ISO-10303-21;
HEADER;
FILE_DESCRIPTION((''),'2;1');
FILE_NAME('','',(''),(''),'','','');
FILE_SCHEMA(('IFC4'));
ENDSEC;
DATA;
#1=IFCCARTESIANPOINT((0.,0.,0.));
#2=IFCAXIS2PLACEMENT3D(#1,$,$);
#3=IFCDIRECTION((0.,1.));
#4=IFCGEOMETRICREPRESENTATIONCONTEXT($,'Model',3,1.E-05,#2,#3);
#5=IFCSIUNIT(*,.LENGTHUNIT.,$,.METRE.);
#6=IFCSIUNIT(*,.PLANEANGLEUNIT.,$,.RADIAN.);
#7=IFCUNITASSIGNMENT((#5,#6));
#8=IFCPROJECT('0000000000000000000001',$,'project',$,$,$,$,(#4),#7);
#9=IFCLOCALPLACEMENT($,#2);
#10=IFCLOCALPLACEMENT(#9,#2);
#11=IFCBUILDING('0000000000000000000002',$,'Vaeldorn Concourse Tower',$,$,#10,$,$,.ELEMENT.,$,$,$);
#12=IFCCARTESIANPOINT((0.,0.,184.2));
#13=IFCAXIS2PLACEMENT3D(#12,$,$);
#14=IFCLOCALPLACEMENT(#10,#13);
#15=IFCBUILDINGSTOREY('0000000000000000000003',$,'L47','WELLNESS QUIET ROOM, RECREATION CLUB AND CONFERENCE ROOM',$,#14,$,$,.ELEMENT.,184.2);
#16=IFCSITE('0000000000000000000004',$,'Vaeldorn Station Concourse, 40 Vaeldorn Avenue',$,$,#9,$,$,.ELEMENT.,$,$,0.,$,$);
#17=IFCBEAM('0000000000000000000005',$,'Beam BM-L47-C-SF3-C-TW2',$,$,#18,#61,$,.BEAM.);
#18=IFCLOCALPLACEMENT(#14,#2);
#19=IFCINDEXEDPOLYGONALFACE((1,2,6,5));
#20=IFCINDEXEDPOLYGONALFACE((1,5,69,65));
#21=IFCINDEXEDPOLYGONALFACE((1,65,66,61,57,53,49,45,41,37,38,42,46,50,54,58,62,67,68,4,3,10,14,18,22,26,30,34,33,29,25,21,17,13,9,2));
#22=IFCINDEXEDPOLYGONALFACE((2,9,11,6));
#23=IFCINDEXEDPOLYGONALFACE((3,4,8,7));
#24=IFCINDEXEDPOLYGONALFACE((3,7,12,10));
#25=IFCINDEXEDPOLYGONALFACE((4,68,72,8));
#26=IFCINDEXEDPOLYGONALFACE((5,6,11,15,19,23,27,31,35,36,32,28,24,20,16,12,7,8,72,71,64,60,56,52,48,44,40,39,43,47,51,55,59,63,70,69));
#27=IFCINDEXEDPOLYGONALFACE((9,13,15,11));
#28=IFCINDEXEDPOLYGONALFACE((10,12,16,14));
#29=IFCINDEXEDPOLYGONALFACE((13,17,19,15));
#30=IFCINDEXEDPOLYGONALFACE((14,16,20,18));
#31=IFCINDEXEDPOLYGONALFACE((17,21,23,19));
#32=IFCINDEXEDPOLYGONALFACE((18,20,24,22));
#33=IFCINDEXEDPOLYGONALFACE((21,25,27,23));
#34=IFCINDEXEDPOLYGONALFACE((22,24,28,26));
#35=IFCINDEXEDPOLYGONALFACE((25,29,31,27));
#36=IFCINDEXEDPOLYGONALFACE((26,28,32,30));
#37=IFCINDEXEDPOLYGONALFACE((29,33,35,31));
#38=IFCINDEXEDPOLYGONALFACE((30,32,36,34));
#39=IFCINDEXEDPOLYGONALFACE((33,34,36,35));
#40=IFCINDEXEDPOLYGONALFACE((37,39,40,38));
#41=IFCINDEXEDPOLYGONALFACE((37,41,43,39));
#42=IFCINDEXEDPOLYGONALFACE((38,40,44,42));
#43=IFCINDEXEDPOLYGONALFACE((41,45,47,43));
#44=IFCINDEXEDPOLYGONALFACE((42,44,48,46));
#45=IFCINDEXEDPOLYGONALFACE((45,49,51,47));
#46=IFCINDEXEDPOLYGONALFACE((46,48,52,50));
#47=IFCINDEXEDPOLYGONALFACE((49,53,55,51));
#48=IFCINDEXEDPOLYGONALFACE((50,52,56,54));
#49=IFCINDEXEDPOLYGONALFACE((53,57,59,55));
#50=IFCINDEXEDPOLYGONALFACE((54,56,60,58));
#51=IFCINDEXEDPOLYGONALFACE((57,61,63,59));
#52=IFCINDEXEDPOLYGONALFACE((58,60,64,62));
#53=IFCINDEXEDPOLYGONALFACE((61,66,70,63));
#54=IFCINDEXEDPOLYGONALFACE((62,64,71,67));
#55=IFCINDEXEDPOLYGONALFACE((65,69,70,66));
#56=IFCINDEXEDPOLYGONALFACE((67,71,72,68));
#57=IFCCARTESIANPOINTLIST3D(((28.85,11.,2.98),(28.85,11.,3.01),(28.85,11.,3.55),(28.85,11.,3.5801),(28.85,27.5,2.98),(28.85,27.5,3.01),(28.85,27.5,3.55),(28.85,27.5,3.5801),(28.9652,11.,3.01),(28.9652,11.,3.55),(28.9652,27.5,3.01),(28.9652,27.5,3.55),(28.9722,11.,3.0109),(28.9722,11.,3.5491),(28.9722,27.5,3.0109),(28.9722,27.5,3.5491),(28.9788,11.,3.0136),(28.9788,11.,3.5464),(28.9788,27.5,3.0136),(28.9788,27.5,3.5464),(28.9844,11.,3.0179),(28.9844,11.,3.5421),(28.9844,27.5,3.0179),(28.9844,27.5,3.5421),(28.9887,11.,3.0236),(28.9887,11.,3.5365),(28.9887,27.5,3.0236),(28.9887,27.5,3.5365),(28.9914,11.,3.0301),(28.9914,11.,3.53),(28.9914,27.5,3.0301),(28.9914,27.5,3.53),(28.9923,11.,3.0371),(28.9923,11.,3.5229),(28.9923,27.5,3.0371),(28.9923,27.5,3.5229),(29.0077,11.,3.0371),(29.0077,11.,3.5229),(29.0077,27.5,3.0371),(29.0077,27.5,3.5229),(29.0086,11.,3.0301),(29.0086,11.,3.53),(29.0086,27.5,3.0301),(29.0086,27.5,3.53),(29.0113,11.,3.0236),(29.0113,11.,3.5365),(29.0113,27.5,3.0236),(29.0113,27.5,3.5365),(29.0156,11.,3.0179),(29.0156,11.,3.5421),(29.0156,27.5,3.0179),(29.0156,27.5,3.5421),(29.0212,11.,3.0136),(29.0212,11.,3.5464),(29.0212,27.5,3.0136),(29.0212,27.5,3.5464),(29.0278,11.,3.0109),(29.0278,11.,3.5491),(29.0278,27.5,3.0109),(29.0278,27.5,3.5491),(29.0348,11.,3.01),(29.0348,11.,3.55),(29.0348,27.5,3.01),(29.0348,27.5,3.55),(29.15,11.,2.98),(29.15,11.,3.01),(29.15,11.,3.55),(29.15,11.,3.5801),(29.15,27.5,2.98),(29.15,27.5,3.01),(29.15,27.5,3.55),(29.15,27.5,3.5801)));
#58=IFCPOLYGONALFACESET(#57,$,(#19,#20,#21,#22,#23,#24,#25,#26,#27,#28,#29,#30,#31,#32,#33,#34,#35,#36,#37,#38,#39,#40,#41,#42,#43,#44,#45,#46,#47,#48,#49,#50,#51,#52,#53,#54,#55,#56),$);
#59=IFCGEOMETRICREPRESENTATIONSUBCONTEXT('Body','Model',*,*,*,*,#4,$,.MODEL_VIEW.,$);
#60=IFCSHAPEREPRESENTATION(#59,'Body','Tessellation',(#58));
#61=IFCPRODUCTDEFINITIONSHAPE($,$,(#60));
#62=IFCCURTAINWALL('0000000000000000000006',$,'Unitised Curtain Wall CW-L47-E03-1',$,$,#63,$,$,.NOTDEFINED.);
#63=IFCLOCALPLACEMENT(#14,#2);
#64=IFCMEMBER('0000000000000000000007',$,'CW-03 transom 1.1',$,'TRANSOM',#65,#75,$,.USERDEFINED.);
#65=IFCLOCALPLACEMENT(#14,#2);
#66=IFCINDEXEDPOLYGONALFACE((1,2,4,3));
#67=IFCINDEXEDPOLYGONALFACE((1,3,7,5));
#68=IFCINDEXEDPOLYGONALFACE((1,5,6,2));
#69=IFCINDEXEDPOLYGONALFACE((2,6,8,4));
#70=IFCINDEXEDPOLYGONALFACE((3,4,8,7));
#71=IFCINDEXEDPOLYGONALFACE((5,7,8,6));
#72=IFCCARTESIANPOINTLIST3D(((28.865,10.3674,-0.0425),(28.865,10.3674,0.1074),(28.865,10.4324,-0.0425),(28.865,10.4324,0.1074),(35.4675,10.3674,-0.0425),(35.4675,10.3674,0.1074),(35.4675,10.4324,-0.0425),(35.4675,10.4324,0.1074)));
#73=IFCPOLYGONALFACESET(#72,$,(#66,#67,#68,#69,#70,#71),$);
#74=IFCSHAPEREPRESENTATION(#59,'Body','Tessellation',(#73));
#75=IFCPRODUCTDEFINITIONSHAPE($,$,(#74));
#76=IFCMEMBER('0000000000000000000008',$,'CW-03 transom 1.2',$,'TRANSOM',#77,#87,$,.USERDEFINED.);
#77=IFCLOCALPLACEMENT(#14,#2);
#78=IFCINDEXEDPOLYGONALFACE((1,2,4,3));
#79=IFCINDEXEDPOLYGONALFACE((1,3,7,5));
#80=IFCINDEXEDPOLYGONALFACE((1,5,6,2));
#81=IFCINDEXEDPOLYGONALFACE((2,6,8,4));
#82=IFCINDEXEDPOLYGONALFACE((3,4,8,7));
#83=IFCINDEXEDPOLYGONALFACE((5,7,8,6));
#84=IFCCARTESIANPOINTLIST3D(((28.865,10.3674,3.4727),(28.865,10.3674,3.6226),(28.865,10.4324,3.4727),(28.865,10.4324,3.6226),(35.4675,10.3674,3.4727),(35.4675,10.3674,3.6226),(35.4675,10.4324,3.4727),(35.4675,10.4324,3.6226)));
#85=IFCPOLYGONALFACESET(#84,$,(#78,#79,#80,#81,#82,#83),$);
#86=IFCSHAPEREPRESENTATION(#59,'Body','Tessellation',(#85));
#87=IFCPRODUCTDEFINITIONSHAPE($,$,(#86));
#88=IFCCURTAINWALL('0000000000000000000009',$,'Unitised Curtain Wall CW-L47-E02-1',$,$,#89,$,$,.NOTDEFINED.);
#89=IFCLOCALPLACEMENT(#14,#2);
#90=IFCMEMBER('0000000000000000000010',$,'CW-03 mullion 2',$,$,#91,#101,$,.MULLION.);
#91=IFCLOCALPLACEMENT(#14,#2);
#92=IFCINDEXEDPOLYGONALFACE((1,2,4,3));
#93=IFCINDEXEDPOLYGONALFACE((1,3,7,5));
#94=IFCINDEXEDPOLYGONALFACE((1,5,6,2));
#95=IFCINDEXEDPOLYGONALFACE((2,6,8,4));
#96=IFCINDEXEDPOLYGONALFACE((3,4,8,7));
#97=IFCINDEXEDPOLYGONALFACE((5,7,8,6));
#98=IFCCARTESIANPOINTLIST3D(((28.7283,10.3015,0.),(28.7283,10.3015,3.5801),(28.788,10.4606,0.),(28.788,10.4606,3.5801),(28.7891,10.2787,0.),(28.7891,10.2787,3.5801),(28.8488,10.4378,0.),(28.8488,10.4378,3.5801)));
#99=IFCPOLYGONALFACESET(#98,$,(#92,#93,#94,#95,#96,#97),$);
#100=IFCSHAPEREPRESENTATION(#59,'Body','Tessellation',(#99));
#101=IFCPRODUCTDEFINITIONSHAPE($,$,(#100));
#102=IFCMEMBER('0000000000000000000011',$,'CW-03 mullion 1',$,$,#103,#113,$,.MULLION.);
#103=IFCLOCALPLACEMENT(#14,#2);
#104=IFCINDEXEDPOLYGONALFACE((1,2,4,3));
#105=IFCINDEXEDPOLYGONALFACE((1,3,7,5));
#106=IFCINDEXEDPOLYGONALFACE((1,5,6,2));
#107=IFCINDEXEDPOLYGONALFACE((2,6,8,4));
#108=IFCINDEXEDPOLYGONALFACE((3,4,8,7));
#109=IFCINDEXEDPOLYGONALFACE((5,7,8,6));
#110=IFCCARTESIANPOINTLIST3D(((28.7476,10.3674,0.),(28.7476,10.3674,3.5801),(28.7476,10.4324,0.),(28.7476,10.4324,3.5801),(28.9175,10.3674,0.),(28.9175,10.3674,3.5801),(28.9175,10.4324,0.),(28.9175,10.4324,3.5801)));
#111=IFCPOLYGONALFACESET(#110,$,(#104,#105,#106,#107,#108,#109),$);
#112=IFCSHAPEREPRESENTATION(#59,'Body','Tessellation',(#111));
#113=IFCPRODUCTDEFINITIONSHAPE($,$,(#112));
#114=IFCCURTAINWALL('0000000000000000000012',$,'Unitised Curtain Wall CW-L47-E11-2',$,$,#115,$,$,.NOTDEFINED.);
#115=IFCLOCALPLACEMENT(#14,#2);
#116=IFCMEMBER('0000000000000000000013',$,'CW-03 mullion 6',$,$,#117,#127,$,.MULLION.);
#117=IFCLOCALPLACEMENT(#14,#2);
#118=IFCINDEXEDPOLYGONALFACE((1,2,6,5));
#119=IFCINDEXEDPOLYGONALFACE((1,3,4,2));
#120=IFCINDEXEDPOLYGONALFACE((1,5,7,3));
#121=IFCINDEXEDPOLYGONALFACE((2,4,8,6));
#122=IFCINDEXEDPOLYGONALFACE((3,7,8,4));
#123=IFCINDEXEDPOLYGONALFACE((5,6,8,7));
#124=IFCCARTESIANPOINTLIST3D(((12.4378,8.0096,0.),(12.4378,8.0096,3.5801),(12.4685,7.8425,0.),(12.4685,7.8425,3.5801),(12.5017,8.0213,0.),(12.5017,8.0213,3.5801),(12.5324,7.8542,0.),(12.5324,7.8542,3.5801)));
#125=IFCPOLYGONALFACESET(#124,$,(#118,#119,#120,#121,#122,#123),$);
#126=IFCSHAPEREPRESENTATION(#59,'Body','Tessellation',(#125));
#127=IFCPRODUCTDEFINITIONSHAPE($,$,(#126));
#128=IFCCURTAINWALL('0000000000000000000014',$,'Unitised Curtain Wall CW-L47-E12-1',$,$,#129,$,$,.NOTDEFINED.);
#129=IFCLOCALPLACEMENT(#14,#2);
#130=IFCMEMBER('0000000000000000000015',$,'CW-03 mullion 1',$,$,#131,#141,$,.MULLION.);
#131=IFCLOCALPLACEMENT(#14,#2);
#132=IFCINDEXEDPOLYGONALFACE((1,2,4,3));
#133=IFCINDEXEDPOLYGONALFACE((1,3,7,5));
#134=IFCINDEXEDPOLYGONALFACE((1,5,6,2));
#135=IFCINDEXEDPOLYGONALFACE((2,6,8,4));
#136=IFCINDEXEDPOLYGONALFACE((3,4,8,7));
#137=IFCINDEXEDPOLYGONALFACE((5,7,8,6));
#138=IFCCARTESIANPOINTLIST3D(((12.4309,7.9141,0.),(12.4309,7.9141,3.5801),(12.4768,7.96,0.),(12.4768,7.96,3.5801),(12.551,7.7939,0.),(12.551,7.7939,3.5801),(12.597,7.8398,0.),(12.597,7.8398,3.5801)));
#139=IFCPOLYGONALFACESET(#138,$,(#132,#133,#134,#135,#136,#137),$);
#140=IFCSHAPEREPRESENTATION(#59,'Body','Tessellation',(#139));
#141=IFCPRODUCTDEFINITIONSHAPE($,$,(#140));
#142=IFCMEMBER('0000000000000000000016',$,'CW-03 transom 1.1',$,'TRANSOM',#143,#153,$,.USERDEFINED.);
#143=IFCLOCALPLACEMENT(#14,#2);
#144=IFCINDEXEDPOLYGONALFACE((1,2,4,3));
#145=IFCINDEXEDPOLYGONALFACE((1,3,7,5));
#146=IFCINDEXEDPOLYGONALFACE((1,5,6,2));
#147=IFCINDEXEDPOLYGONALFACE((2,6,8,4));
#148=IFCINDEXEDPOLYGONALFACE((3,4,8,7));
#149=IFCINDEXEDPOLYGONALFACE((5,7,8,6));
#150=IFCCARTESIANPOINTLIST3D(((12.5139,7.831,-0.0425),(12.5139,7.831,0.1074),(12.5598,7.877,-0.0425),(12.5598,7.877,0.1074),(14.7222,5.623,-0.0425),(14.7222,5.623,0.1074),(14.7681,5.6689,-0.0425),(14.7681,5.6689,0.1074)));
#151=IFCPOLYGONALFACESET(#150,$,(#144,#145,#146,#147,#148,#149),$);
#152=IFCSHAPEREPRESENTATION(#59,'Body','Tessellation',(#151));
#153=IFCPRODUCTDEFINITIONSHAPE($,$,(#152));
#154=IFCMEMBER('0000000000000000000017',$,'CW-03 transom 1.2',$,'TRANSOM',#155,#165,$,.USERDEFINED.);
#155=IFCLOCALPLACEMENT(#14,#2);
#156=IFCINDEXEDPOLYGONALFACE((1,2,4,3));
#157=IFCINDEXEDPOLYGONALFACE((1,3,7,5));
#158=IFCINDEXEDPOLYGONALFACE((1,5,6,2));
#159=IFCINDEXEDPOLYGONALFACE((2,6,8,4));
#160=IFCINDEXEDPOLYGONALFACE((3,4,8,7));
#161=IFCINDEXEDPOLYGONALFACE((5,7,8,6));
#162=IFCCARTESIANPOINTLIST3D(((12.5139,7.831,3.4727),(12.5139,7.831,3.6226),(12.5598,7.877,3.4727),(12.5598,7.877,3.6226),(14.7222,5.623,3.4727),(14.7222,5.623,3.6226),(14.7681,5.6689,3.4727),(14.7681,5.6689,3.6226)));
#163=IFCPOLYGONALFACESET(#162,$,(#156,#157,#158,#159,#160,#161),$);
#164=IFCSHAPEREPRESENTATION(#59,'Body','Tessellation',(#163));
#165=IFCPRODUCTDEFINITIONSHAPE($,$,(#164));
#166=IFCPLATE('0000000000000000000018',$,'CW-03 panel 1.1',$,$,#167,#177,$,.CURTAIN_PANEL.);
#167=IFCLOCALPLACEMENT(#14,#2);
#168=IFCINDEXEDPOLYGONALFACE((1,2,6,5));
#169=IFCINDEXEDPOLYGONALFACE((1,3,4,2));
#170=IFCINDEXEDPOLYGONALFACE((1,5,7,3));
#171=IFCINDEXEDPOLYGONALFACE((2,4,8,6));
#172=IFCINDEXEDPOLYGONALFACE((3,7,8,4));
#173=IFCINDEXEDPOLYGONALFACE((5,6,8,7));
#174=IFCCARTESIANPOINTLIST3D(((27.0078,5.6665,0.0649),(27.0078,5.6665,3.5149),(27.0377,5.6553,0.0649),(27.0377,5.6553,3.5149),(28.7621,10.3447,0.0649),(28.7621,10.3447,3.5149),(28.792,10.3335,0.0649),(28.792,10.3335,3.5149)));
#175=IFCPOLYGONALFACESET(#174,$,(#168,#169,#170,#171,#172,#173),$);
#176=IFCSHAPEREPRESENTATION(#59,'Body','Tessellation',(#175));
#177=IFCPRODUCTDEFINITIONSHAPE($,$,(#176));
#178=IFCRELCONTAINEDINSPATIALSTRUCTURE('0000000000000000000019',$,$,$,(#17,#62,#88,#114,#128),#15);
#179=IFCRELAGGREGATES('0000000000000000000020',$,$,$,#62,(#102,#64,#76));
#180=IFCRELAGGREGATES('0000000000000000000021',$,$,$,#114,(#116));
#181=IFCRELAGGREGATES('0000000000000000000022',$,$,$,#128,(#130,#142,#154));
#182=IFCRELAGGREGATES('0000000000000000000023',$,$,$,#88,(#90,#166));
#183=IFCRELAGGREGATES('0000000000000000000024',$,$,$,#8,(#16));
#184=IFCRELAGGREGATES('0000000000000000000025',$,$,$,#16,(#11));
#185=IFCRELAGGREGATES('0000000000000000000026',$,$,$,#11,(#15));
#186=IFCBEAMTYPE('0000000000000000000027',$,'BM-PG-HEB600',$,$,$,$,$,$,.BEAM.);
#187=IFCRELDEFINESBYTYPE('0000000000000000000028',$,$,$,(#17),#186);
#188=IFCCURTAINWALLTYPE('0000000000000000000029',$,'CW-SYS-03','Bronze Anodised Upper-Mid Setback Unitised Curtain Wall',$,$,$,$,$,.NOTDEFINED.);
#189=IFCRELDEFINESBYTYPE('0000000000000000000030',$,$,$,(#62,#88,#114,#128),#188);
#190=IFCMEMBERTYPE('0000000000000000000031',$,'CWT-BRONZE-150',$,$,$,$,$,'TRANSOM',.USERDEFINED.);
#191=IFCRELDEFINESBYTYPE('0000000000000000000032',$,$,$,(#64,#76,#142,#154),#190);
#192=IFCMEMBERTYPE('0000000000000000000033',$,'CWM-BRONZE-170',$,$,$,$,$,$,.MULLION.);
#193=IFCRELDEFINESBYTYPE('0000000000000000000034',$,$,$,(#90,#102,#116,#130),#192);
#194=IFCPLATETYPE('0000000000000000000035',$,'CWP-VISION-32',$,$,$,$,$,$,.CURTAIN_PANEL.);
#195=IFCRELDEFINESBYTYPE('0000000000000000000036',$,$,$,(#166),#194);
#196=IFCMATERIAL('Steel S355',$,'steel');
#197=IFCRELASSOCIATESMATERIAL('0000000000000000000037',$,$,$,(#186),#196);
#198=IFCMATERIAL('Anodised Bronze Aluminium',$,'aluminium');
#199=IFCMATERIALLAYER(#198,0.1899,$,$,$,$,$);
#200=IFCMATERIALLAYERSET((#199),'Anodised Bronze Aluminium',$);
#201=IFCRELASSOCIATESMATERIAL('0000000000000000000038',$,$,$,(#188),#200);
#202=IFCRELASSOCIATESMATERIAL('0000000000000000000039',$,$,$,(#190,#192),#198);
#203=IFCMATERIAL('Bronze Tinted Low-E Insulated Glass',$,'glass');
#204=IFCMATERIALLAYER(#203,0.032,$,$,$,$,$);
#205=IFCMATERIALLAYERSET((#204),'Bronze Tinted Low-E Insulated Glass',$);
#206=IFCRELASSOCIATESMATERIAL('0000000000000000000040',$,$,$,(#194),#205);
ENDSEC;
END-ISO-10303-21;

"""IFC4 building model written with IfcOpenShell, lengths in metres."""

from ifc_helpers import new_model, si_unit, direction, frame, origin, origin_2d, place, context, subcontext, project, spatial, rectangle, i_section, extrude, source, transform, mapped, material, layer, layer_set, material_profile, profile_set, type_object, element, aggregate, save


model = new_model("IFC4")

# Units and contexts
model_context = context("Model", 3, precision=1e-05, world=origin(), true_north=direction((0.0, 1.0)))
body_context = subcontext(model_context, "Body", "Model", "MODEL_VIEW")
ifc_project = project(units=[si_unit("LENGTHUNIT", "METRE"), si_unit("PLANEANGLEUNIT", "RADIAN")], contexts=[model_context])

# Site, building, storey
site_placement = place(None, origin())
site = spatial("IfcSite", under=ifc_project, at=site_placement, Name="Vaeldorn Station Concourse, 40 Vaeldorn Avenue", CompositionType="ELEMENT", RefElevation=0.0)
building_placement = place(site_placement, origin())
building = spatial("IfcBuilding", under=site, at=building_placement, Name="Vaeldorn Concourse Tower", CompositionType="ELEMENT")
storey_placement = place(building_placement, frame((0.0, 0.0, 184.2)))
storey = spatial("IfcBuildingStorey", under=building, at=storey_placement, Name="L47", Description="WELLNESS QUIET ROOM, RECREATION CLUB AND CONFERENCE ROOM", CompositionType="ELEMENT", Elevation=184.2)

# Shared definitions
ifc_material_1 = material(Name="Steel S355", Category="steel")

# Beam
ifc_material_profile_1 = material_profile(ifc_material_1, i_section(OverallWidth=0.3, OverallDepth=0.6001, WebThickness=0.0154, FlangeThickness=0.03, FilletRadius=0.0271, at=origin_2d()), Name="HEB 600")
ifc_profile_set_1 = profile_set([ifc_material_profile_1], Name="Steel S355")
beam_type_1 = type_object("IfcBeamType", Name="BM-PG-HEB600", PredefinedType="BEAM", material=ifc_profile_set_1)
shared_shape_1 = source(origin(), body_context, "Body", "SweptSolid", [
    extrude(i_section(OverallWidth=0.3, OverallDepth=0.6001, WebThickness=0.0154, FlangeThickness=0.03, FilletRadius=0.0271, at=origin_2d()), origin(), (0.0, 0.0, 1.0), 16.5),
])
beam_1_placement = place(storey_placement, frame((29.0, 11.0, 3.28), z_axis=(0.0, 1.0, 0.0), x_axis=(-1.0, 0.0, 0.0)))
element("IfcBeam", 1, at=beam_1_placement, inside=storey, type_object=beam_type_1, Name="Beam BM-L47-C-SF3-C-TW2", PredefinedType="BEAM", context=body_context, shape_type="MappedRepresentation", body=[
    mapped(shared_shape_1, transform((0.0, 0.0, 0.0), scale=1.0)),
])

# Curtain wall, members
ifc_material_2 = material(Name="Anodised Bronze Aluminium", Category="aluminium")
ifc_layer_1 = layer(ifc_material_2, 0.1899)
ifc_layer_set_1 = layer_set([ifc_layer_1], Name="Anodised Bronze Aluminium")
curtain_wall_type = type_object("IfcCurtainWallType", Name="CW-SYS-03", Description="Bronze Anodised Upper-Mid Setback Unitised Curtain Wall", PredefinedType="NOTDEFINED", material=ifc_layer_set_1)
curtain_wall_1_placement = place(storey_placement, origin())
curtain_wall_1 = element("IfcCurtainWall", 2, at=curtain_wall_1_placement, inside=storey, type_object=curtain_wall_type, Name="Unitised Curtain Wall CW-L47-E03-1", PredefinedType="NOTDEFINED")
ifc_material_profile_2 = material_profile(ifc_material_2, rectangle(XDim=0.0649, YDim=0.1499, at=origin_2d()), Name="CWT 65x150")
ifc_profile_set_2 = profile_set([ifc_material_profile_2], Name="Anodised Bronze Aluminium")
member_type_1 = type_object("IfcMemberType", Name="CWT-BRONZE-150", ElementType="TRANSOM", PredefinedType="USERDEFINED", material=ifc_profile_set_2)
shared_shape_2 = source(origin(), body_context, "Body", "SweptSolid", [
    extrude(rectangle(XDim=0.0649, YDim=0.1499, at=origin_2d()), origin(), (0.0, 0.0, 1.0), 6.6025),
])
member_1_placement = place(storey_placement, frame((28.865, 10.3999, 0.0325), z_axis=(1.0, 0.0, 0.0), x_axis=(0.0, 1.0, 0.0)))
member_1 = element("IfcMember", 3, at=member_1_placement, type_object=member_type_1, Name="CW-03 transom 1.1", ObjectType="TRANSOM", PredefinedType="USERDEFINED", context=body_context, shape_type="MappedRepresentation", body=[
    mapped(shared_shape_2, transform((0.0, 0.0, 0.0), scale=1.0)),
])
member_2_placement = place(storey_placement, frame((28.865, 10.3999, 3.5476), z_axis=(1.0, 0.0, 0.0), x_axis=(0.0, 1.0, 0.0)))
member_2 = element("IfcMember", 4, at=member_2_placement, type_object=member_type_1, Name="CW-03 transom 1.2", ObjectType="TRANSOM", PredefinedType="USERDEFINED", context=body_context, shape_type="MappedRepresentation", body=[
    mapped(shared_shape_2, transform((0.0, 0.0, 0.0), scale=1.0)),
])

# Curtain wall, member
curtain_wall_2_placement = place(storey_placement, origin())
curtain_wall_2 = element("IfcCurtainWall", 5, at=curtain_wall_2_placement, inside=storey, type_object=curtain_wall_type, Name="Unitised Curtain Wall CW-L47-E02-1", PredefinedType="NOTDEFINED")
ifc_material_profile_3 = material_profile(ifc_material_2, rectangle(XDim=0.0649, YDim=0.1699, at=origin_2d()), Name="CWM 65x170")
ifc_profile_set_3 = profile_set([ifc_material_profile_3], Name="Anodised Bronze Aluminium")
member_type_2 = type_object("IfcMemberType", Name="CWM-BRONZE-170", PredefinedType="MULLION", material=ifc_profile_set_3)
shared_shape_3 = source(origin(), body_context, "Body", "SweptSolid", [
    extrude(rectangle(XDim=0.0649, YDim=0.1699, at=origin_2d()), origin(), (0.0, 0.0, 1.0), 3.5801),
])
member_3_placement = place(storey_placement, frame((28.7886, 10.3696, 0.0), z_axis=(0.0, 0.0, 1.0), x_axis=(-0.936329, 0.351123, 0.0)))
member_3 = element("IfcMember", 6, at=member_3_placement, type_object=member_type_2, Name="CW-03 mullion 2", PredefinedType="MULLION", context=body_context, shape_type="MappedRepresentation", body=[
    mapped(shared_shape_3, transform((0.0, 0.0, 0.0), scale=1.0)),
])

# Member
member_4_placement = place(storey_placement, frame((28.8325, 10.3999, 0.0), z_axis=(0.0, 0.0, 1.0), x_axis=(0.0, 1.0, 0.0)))
member_4 = element("IfcMember", 7, at=member_4_placement, type_object=member_type_2, Name="CW-03 mullion 1", PredefinedType="MULLION", context=body_context, shape_type="MappedRepresentation", body=[
    mapped(shared_shape_3, transform((0.0, 0.0, 0.0), scale=1.0)),
])
aggregate(curtain_wall_1, [member_4, member_1, member_2])

# Curtain wall, member
curtain_wall_3_placement = place(storey_placement, origin())
curtain_wall_3 = element("IfcCurtainWall", 8, at=curtain_wall_3_placement, inside=storey, type_object=curtain_wall_type, Name="Unitised Curtain Wall CW-L47-E11-2", PredefinedType="NOTDEFINED")
member_5_placement = place(storey_placement, frame((12.4851, 7.9319, 0.0), z_axis=(0.0, 0.0, 1.0), x_axis=(0.983559, 0.180585, 0.0)))
member_5 = element("IfcMember", 9, at=member_5_placement, type_object=member_type_2, Name="CW-03 mullion 6", PredefinedType="MULLION", context=body_context, shape_type="MappedRepresentation", body=[
    mapped(shared_shape_3, transform((0.0, 0.0, 0.0), scale=1.0)),
])
aggregate(curtain_wall_3, [member_5])

# Curtain wall, members
curtain_wall_4_placement = place(storey_placement, origin())
curtain_wall_4 = element("IfcCurtainWall", 10, at=curtain_wall_4_placement, inside=storey, type_object=curtain_wall_type, Name="Unitised Curtain Wall CW-L47-E12-1", PredefinedType="NOTDEFINED")
member_6_placement = place(storey_placement, frame((12.5139, 7.877, 0.0), z_axis=(0.0, 0.0, 1.0), x_axis=(0.707107, 0.707107, 0.0)))
member_6 = element("IfcMember", 11, at=member_6_placement, type_object=member_type_2, Name="CW-03 mullion 1", PredefinedType="MULLION", context=body_context, shape_type="MappedRepresentation", body=[
    mapped(shared_shape_3, transform((0.0, 0.0, 0.0), scale=1.0)),
])
shared_shape_4 = source(origin(), body_context, "Body", "SweptSolid", [
    extrude(rectangle(XDim=0.0649, YDim=0.1499, at=origin_2d()), origin(), (0.0, 0.0, 1.0), 3.1228),
])
member_7_placement = place(storey_placement, frame((12.5369, 7.854, 0.0325), z_axis=(0.707146, -0.707068, 0.0), x_axis=(0.707068, 0.707146, 0.0)))
member_7 = element("IfcMember", 12, at=member_7_placement, type_object=member_type_1, Name="CW-03 transom 1.1", ObjectType="TRANSOM", PredefinedType="USERDEFINED", context=body_context, shape_type="MappedRepresentation", body=[
    mapped(shared_shape_4, transform((0.0, 0.0, 0.0), scale=1.0)),
])
member_8_placement = place(storey_placement, frame((12.5369, 7.854, 3.5476), z_axis=(0.707146, -0.707068, 0.0), x_axis=(0.707068, 0.707146, 0.0)))
member_8 = element("IfcMember", 13, at=member_8_placement, type_object=member_type_1, Name="CW-03 transom 1.2", ObjectType="TRANSOM", PredefinedType="USERDEFINED", context=body_context, shape_type="MappedRepresentation", body=[
    mapped(shared_shape_4, transform((0.0, 0.0, 0.0), scale=1.0)),
])
aggregate(curtain_wall_4, [member_6, member_7, member_8])

# Plate
ifc_material_3 = material(Name="Bronze Tinted Low-E Insulated Glass", Category="glass")
ifc_layer_2 = layer(ifc_material_3, 0.032)
ifc_layer_set_2 = layer_set([ifc_layer_2], Name="Bronze Tinted Low-E Insulated Glass")
plate_type = type_object("IfcPlateType", Name="CWP-VISION-32", PredefinedType="CURTAIN_PANEL", material=ifc_layer_set_2)
shared_shape_5 = source(origin(), body_context, "Body", "SweptSolid", [
    extrude(rectangle(XDim=4.9963, YDim=0.032, at=origin_2d()), origin(), (0.0, 0.0, 1.0), 3.45),
])
plate_placement = place(storey_placement, frame((27.8999, 8.0, 0.0649), z_axis=(0.0, 0.0, 1.0), x_axis=(0.351123, 0.936329, 0.0)))
plate = element("IfcPlate", 14, at=plate_placement, type_object=plate_type, Name="CW-03 panel 1.1", PredefinedType="CURTAIN_PANEL", context=body_context, shape_type="MappedRepresentation", body=[
    mapped(shared_shape_5, transform((0.0, 0.0, 0.0), scale=1.0)),
])
aggregate(curtain_wall_2, [member_3, plate])

save(model, "model.ifc")
